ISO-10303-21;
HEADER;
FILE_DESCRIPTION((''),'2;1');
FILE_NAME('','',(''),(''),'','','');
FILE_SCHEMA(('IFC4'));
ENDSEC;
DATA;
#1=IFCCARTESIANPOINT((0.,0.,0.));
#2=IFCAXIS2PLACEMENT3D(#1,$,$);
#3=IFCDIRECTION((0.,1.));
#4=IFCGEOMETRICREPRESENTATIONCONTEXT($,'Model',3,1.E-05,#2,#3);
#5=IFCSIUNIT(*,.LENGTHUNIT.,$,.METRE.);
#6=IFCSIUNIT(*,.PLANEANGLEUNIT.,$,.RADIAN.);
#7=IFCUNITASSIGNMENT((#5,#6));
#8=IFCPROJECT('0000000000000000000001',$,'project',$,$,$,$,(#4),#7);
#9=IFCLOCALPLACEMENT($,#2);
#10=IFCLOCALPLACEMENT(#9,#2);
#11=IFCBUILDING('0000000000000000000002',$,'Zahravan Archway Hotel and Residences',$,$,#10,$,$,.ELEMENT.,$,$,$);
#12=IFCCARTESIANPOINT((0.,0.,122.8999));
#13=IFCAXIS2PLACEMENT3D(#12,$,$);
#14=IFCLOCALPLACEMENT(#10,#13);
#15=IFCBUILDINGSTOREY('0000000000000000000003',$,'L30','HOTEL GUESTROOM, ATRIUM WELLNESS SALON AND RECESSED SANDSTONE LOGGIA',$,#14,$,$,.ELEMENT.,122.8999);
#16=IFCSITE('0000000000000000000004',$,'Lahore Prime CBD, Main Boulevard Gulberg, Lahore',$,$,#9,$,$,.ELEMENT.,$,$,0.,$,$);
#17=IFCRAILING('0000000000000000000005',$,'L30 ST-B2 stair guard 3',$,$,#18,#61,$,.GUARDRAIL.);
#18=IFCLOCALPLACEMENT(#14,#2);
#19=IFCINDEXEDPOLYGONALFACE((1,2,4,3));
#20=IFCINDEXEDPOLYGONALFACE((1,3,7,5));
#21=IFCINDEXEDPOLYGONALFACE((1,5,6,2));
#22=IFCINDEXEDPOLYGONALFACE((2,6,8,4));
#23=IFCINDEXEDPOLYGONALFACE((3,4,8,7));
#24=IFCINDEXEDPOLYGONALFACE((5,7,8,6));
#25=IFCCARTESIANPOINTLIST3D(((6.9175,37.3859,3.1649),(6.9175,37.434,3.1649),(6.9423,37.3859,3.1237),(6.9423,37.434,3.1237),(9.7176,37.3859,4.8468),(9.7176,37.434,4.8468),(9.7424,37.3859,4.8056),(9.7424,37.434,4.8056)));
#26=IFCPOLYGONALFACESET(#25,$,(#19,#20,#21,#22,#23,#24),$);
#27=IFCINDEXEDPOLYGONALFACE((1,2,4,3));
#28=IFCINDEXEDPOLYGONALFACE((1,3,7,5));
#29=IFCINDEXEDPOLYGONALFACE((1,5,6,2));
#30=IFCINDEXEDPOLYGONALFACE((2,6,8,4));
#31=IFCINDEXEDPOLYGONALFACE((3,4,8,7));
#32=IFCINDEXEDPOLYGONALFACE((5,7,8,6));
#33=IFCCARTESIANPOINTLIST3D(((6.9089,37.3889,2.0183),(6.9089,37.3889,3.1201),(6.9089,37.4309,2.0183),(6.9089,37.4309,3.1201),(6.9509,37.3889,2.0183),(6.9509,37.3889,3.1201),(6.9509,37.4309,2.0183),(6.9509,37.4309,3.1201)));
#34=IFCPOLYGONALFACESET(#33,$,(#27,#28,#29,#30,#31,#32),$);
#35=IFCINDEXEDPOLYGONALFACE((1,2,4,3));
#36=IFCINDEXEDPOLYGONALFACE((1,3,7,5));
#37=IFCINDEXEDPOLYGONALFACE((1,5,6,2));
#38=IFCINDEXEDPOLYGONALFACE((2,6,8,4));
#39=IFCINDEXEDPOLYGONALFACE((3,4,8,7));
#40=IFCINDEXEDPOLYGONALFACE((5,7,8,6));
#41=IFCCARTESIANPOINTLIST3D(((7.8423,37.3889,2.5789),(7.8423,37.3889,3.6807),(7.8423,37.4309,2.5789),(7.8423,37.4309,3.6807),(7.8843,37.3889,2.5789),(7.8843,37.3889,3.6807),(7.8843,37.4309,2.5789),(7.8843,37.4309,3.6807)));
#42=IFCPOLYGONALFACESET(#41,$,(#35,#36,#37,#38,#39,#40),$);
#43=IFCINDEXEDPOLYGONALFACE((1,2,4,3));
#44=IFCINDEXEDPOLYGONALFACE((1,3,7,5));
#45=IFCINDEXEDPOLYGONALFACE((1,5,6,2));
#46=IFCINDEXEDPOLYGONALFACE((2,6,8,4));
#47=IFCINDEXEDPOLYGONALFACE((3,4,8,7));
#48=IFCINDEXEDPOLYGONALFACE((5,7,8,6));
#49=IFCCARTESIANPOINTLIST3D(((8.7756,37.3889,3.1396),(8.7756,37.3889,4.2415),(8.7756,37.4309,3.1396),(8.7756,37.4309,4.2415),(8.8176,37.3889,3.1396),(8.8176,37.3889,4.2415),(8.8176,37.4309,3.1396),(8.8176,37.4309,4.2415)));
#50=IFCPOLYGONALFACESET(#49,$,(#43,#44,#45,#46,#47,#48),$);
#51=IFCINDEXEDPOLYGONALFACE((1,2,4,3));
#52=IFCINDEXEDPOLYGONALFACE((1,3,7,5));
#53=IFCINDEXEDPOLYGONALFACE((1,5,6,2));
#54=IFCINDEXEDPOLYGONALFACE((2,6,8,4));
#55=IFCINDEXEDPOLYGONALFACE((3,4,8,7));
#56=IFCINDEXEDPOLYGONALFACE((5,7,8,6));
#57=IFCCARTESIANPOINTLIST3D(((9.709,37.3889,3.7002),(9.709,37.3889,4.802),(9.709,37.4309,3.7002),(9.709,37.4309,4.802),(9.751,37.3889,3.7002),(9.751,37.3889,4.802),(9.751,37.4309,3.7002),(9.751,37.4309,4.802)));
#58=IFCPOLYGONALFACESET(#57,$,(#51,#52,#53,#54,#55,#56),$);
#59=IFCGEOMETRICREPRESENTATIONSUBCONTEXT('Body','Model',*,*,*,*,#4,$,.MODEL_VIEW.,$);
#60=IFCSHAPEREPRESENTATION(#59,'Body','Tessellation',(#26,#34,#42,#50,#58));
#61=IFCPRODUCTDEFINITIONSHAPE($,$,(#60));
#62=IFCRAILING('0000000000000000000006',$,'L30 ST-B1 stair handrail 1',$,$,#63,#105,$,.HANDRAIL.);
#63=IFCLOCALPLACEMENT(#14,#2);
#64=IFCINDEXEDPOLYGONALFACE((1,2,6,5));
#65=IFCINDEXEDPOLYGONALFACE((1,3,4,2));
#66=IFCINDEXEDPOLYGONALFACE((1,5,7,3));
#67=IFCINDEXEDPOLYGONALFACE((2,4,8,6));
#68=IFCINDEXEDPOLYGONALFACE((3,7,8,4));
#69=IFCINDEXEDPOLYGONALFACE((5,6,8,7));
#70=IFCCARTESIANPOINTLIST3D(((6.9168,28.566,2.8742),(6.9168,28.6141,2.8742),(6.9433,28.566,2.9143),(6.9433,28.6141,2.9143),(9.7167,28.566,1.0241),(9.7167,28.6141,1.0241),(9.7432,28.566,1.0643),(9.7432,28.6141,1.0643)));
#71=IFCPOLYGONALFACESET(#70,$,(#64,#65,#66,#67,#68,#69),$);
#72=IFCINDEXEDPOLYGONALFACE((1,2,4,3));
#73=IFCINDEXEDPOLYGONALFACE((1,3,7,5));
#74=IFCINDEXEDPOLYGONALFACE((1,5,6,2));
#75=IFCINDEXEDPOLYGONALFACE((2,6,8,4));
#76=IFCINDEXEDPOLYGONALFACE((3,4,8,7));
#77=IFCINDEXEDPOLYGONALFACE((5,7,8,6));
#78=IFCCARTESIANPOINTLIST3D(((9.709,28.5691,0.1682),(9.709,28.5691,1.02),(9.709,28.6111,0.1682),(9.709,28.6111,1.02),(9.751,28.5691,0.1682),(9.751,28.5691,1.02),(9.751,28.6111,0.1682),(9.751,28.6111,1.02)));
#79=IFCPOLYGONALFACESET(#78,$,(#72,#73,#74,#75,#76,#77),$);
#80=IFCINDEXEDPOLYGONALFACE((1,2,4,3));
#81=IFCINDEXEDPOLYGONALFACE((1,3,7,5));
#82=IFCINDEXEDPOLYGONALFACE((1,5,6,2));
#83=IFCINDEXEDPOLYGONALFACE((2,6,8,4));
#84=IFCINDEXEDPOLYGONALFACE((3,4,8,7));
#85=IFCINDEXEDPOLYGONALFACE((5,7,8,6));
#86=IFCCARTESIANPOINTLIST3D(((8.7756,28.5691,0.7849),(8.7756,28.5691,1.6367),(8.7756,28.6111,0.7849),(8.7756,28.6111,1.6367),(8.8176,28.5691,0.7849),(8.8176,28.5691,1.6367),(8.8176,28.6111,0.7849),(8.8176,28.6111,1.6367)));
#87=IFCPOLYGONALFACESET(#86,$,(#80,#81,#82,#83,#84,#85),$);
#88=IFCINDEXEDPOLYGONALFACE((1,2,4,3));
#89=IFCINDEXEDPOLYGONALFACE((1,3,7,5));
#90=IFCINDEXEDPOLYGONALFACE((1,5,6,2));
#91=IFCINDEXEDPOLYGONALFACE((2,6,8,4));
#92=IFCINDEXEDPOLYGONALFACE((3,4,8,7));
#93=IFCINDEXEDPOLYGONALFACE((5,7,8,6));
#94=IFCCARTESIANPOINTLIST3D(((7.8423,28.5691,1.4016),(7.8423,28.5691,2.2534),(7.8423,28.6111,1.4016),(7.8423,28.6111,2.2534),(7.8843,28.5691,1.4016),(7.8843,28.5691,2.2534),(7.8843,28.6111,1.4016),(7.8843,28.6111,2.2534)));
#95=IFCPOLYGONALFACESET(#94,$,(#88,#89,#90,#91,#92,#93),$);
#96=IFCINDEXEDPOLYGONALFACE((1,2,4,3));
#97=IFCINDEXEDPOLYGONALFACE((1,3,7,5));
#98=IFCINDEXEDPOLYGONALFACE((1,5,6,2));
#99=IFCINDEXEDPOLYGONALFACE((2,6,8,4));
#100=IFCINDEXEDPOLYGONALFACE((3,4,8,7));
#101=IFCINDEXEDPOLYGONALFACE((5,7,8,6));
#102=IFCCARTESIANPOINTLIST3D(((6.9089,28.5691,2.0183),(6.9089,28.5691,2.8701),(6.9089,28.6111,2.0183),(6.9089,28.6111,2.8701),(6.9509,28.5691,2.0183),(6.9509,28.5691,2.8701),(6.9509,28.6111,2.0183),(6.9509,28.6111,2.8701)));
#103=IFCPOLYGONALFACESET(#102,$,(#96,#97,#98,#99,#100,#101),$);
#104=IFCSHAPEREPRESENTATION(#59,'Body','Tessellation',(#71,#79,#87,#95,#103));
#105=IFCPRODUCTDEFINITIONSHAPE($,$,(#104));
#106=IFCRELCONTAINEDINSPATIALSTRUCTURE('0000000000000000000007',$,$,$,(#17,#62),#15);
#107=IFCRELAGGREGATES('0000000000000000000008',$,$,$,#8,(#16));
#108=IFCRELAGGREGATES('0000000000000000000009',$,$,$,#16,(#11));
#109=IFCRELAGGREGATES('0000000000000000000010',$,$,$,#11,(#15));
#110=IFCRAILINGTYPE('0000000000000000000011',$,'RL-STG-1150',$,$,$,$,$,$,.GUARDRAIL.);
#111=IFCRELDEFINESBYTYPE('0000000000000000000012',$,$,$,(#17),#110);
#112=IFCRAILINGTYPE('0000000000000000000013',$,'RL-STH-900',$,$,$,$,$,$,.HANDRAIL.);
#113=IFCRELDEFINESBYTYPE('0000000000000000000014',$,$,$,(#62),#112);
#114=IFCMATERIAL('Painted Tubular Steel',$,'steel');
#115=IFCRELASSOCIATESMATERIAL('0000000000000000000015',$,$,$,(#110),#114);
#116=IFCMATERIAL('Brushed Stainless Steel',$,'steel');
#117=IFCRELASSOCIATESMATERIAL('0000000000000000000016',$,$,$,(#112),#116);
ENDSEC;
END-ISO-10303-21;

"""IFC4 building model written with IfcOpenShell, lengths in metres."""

from ifc_helpers import new_model, si_unit, direction, frame, origin, origin_2d, place, context, subcontext, project, spatial, rectangle, extrude, material, type_object, element, save


model = new_model("IFC4")

# Units and contexts
model_context = context("Model", 3, precision=1e-05, world=origin(), true_north=direction((0.0, 1.0)))
body_context = subcontext(model_context, "Body", "Model", "MODEL_VIEW")
ifc_project = project(units=[si_unit("LENGTHUNIT", "METRE"), si_unit("PLANEANGLEUNIT", "RADIAN")], contexts=[model_context])

# Site, building, storey
site_placement = place(None, origin())
site = spatial("IfcSite", under=ifc_project, at=site_placement, Name="Lahore Prime CBD, Main Boulevard Gulberg, Lahore", CompositionType="ELEMENT", RefElevation=0.0)
building_placement = place(site_placement, origin())
building = spatial("IfcBuilding", under=site, at=building_placement, Name="Zahravan Archway Hotel and Residences", CompositionType="ELEMENT")
storey_placement = place(building_placement, frame((0.0, 0.0, 122.8999)))
storey = spatial("IfcBuildingStorey", under=building, at=storey_placement, Name="L30", Description="HOTEL GUESTROOM, ATRIUM WELLNESS SALON AND RECESSED SANDSTONE LOGGIA", CompositionType="ELEMENT", Elevation=122.8999)

# Shared definitions
ifc_material_1 = material(Name="Brushed Stainless Steel", Category="steel")

# Railings
ifc_material_2 = material(Name="Painted Tubular Steel", Category="steel")
railing_type_1 = type_object("IfcRailingType", Name="RL-STG-1150", PredefinedType="GUARDRAIL", material=ifc_material_2)
railing_1_placement = place(storey_placement, frame((6.9299, 37.4099, 2.0183)))
element("IfcRailing", 1, at=railing_1_placement, inside=storey, type_object=railing_type_1, Name="L30 ST-B2 stair guard 3", PredefinedType="GUARDRAIL", context=body_context, shape_type="SweptSolid", body=[
    extrude(rectangle(XDim=0.0481, YDim=0.0481, at=origin_2d()), frame((0.0, 0.0, 1.126), z_axis=(0.857242, 0.0, 0.514913), x_axis=(0.0, 1.0, 0.0)), (0.0, 0.0, 1.0), 3.2664),
    extrude(rectangle(XDim=0.042, YDim=0.042, at=origin_2d()), origin(), (0.0, 0.0, 1.0), 1.1018),
    extrude(rectangle(XDim=0.042, YDim=0.042, at=origin_2d()), frame((0.9333, 0.0, 0.5605)), (0.0, 0.0, 1.0), 1.1018),
    extrude(rectangle(XDim=0.042, YDim=0.042, at=origin_2d()), frame((1.8667, 0.0, 1.1213)), (0.0, 0.0, 1.0), 1.1018),
    extrude(rectangle(XDim=0.042, YDim=0.042, at=origin_2d()), frame((2.8, 0.0, 1.6819)), (0.0, 0.0, 1.0), 1.1018),
])
railing_type_2 = type_object("IfcRailingType", Name="RL-STH-900", PredefinedType="HANDRAIL", material=ifc_material_1)
railing_2_placement = place(storey_placement, frame((9.73, 28.5901, 0.1682)))
element("IfcRailing", 2, at=railing_2_placement, inside=storey, type_object=railing_type_2, Name="L30 ST-B1 stair handrail 1", PredefinedType="HANDRAIL", context=body_context, shape_type="SweptSolid", body=[
    extrude(rectangle(XDim=0.0481, YDim=0.0481, at=origin_2d()), frame((0.0, 0.0, 0.876), z_axis=(-0.834326, 0.0, 0.551271), x_axis=(0.0, -1.0, 0.0)), (0.0, 0.0, 1.0), 3.356),
    extrude(rectangle(XDim=0.042, YDim=0.042, at=origin_2d()), origin(), (0.0, 0.0, 1.0), 0.8518),
    extrude(rectangle(XDim=0.042, YDim=0.042, at=origin_2d()), frame((-0.9333, 0.0, 0.6167)), (0.0, 0.0, 1.0), 0.8518),
    extrude(rectangle(XDim=0.042, YDim=0.042, at=origin_2d()), frame((-1.8667, 0.0, 1.2334)), (0.0, 0.0, 1.0), 0.8518),
    extrude(rectangle(XDim=0.042, YDim=0.042, at=origin_2d()), frame((-2.8, 0.0, 1.8501)), (0.0, 0.0, 1.0), 0.8518),
])

save(model, "model.ifc")
